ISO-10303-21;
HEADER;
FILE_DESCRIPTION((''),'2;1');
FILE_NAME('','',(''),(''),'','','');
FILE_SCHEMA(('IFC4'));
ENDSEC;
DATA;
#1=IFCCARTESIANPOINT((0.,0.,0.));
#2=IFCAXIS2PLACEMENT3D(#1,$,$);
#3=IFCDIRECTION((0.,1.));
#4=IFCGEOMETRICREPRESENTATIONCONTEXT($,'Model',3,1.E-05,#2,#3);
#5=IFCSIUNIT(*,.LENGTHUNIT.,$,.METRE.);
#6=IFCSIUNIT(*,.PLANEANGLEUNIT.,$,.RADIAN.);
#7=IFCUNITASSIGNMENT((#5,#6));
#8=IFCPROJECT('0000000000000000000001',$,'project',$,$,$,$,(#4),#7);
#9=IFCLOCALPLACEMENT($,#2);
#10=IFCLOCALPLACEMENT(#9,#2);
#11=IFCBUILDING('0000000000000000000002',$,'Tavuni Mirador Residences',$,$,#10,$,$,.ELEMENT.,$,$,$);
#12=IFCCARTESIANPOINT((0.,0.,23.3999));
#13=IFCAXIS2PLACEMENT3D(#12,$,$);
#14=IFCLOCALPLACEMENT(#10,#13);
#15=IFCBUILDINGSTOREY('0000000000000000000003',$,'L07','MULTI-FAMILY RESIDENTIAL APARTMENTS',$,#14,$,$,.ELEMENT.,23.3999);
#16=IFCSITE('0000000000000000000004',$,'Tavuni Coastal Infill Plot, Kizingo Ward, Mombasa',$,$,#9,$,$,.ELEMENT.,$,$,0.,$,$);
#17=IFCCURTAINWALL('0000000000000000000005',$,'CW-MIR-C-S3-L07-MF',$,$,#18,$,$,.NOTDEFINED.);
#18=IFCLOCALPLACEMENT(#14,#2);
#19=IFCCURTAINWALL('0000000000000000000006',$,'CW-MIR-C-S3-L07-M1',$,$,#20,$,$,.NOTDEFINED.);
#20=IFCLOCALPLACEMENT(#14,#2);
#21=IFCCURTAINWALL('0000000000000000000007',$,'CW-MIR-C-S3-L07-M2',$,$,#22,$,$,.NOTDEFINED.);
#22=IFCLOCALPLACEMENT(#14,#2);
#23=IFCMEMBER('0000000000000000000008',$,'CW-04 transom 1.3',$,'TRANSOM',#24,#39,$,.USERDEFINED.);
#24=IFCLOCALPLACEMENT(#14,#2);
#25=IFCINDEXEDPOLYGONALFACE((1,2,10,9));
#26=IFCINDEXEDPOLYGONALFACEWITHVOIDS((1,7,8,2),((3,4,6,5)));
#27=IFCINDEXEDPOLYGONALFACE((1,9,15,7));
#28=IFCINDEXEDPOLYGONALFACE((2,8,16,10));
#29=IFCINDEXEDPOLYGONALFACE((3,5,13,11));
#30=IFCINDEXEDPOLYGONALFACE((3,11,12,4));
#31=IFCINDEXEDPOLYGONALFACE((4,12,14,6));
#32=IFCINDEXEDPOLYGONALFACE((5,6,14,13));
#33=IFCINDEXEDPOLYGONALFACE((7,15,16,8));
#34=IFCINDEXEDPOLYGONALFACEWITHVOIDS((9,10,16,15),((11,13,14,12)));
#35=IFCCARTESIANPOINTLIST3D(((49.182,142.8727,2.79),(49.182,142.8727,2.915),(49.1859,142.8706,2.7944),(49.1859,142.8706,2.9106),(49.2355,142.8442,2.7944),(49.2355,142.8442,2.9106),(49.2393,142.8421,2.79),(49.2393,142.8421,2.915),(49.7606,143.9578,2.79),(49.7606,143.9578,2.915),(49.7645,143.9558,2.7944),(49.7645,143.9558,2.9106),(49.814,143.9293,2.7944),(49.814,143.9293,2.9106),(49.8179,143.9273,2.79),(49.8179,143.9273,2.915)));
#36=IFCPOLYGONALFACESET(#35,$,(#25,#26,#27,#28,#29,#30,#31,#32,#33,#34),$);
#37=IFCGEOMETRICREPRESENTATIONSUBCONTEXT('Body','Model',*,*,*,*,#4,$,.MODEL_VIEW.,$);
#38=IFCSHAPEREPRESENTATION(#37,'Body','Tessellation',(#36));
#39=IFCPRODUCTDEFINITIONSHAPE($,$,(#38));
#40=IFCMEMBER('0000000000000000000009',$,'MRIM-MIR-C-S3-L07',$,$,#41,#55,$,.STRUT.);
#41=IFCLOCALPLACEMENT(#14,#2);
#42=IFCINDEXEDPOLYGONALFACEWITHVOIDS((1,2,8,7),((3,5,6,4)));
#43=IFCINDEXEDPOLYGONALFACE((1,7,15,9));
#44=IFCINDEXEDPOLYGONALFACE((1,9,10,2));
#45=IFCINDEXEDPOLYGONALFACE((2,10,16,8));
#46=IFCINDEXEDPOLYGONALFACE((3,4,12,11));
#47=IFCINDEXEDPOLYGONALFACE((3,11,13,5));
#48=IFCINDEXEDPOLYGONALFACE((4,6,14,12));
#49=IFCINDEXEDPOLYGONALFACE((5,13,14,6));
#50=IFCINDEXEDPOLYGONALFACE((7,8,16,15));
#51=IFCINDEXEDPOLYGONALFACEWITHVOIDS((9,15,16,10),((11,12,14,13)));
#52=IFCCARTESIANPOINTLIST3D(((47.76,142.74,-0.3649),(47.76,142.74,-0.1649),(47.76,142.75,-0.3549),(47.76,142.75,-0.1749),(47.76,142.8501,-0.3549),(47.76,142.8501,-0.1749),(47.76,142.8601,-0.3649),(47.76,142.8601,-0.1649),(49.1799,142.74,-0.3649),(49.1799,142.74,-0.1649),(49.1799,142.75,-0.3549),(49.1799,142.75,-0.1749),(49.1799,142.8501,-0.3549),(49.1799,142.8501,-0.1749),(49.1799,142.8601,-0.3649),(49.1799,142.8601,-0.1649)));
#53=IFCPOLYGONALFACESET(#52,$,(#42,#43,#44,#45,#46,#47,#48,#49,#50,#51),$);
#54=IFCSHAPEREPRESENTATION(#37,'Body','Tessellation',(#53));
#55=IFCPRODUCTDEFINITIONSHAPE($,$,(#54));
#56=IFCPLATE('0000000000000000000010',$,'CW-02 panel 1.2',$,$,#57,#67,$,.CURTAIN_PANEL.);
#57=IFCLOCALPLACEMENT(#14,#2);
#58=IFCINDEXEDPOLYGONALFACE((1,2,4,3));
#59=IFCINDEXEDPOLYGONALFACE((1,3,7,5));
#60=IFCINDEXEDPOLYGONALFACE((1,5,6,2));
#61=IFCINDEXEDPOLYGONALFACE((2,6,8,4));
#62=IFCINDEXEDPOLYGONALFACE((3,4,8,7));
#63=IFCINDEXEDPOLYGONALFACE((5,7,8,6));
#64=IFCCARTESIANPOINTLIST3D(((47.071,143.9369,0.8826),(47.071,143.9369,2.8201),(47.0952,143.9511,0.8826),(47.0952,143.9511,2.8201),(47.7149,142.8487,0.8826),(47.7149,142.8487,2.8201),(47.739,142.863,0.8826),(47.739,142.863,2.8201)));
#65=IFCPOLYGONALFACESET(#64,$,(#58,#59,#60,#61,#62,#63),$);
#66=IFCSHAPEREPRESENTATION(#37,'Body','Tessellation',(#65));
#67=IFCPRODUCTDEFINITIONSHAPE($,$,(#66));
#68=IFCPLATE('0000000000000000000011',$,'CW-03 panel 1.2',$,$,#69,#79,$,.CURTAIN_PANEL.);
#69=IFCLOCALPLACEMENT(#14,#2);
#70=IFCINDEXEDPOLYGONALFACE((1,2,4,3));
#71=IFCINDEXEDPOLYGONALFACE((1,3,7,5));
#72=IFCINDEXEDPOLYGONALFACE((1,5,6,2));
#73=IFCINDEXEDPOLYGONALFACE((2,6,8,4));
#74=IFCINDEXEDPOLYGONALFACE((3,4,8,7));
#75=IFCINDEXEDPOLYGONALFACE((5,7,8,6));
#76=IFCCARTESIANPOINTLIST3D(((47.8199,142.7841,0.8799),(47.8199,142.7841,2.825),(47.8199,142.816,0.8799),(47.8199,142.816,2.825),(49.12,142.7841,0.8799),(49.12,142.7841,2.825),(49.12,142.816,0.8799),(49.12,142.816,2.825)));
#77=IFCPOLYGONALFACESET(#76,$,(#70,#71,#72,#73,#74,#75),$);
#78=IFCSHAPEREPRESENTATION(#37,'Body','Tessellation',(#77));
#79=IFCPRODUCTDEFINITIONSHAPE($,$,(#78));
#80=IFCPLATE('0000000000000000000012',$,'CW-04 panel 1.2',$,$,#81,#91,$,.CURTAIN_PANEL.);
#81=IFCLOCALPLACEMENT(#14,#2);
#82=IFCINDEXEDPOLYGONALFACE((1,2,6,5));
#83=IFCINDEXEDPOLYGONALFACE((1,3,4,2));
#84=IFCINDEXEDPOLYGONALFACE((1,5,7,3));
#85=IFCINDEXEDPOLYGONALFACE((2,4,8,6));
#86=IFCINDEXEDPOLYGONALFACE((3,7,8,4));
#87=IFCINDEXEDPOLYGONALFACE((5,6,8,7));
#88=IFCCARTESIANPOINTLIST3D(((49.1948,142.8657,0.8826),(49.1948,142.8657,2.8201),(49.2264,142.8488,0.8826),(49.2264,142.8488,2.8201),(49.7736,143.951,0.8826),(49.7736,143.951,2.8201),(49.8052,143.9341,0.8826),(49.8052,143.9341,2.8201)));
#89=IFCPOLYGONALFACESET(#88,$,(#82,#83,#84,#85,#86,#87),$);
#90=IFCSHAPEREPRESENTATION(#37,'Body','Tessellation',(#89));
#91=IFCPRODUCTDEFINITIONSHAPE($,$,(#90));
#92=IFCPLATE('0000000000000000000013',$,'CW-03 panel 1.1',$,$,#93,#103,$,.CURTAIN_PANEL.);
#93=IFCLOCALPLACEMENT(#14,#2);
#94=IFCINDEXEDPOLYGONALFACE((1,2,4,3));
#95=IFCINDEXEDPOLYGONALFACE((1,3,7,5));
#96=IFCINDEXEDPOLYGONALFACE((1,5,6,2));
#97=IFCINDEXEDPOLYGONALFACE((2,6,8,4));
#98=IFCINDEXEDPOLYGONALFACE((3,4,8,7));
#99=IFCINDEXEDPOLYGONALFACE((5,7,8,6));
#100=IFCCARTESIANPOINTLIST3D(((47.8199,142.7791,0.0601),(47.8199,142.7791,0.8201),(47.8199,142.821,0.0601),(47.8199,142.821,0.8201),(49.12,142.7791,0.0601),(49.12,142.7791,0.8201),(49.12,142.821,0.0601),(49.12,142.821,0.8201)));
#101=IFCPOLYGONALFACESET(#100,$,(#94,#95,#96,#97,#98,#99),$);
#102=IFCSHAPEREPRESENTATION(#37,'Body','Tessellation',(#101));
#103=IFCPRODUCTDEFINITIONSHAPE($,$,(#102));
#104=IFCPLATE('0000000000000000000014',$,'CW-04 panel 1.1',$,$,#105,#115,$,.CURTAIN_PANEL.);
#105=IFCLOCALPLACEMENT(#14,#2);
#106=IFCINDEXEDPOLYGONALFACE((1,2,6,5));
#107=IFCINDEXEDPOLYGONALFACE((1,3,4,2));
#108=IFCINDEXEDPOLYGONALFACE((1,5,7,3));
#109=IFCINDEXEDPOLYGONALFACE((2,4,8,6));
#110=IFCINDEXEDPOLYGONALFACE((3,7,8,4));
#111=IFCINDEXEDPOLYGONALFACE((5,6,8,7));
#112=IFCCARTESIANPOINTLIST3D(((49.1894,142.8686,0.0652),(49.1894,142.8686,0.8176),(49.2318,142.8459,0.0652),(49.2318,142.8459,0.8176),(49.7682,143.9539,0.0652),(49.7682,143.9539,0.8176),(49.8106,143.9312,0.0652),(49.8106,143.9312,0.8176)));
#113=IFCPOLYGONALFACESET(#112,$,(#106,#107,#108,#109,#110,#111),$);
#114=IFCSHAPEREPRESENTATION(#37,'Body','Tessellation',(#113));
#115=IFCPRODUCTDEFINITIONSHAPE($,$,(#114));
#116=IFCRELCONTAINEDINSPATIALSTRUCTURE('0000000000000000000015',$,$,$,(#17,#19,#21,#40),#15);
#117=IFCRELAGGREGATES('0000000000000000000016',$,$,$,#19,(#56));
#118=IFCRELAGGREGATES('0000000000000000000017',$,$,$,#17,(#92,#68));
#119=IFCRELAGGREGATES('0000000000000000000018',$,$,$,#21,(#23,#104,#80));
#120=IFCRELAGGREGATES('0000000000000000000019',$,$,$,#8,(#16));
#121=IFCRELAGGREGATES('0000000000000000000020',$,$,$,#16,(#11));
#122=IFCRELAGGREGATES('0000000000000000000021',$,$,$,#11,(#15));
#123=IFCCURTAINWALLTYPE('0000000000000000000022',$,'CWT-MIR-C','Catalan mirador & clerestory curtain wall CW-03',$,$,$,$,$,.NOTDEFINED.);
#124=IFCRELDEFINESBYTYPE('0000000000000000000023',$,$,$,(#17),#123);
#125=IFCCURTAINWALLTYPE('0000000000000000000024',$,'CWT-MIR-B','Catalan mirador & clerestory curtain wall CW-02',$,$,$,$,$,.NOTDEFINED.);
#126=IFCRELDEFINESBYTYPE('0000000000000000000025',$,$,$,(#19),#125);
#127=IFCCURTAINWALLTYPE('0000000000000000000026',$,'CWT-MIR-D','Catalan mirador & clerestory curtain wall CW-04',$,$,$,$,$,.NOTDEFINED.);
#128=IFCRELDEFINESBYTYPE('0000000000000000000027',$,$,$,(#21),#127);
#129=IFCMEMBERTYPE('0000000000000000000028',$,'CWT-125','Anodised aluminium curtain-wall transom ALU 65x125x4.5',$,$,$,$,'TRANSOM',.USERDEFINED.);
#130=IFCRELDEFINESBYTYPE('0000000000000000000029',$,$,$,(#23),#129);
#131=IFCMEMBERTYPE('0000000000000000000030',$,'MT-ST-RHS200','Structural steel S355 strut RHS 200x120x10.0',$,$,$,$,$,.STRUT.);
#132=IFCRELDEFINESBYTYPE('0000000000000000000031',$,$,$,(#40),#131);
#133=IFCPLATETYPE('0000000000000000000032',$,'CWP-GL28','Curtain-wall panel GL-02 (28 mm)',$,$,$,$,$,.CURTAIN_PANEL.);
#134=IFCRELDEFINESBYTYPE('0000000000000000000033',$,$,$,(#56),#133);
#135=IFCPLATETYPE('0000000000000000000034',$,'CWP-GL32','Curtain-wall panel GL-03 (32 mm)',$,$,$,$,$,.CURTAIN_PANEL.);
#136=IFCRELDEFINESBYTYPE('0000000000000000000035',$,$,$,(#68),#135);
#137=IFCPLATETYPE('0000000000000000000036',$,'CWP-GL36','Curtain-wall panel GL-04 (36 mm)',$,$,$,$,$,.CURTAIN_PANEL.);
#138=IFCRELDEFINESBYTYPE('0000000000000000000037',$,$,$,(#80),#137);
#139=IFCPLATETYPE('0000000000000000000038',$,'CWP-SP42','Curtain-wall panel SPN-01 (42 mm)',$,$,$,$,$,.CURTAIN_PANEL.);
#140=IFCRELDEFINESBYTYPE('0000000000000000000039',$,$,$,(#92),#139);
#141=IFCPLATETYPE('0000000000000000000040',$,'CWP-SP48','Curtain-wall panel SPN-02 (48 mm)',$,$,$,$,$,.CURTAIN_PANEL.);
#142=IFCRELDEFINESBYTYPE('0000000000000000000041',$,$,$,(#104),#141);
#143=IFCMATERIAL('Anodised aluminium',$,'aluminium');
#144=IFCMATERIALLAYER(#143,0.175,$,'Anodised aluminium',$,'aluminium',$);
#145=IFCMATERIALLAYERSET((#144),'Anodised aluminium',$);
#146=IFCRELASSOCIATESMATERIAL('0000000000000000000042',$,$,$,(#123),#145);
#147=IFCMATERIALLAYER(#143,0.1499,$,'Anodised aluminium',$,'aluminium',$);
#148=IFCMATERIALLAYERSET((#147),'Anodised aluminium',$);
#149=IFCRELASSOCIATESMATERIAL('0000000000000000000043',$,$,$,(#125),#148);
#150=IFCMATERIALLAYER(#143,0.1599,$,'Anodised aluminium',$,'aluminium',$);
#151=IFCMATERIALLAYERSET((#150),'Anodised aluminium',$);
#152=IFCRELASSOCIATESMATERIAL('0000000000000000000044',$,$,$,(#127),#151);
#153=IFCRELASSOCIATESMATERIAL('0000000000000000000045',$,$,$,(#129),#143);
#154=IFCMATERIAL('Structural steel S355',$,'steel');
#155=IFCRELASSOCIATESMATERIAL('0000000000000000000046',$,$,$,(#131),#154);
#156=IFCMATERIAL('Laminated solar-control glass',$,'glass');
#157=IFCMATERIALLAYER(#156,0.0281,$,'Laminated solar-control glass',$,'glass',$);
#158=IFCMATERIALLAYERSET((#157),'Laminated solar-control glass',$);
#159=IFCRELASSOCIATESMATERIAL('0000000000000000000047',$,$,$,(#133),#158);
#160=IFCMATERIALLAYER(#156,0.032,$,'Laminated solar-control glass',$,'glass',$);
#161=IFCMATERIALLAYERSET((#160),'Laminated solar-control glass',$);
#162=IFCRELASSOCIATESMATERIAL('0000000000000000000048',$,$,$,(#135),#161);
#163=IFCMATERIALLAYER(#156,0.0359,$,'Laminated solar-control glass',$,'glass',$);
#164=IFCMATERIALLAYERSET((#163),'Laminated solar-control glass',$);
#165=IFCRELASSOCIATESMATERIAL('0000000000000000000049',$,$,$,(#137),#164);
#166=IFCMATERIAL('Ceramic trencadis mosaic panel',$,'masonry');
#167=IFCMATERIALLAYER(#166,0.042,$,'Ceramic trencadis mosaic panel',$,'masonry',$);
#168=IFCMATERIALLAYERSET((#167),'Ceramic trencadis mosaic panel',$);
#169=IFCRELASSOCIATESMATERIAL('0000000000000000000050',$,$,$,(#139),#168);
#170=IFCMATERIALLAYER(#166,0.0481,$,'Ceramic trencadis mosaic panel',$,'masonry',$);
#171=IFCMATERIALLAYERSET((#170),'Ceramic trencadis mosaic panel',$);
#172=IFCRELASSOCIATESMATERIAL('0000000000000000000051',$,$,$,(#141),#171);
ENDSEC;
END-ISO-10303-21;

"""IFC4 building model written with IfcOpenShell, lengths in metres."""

from ifc_helpers import new_model, si_unit, direction, frame, origin, origin_2d, place, context, subcontext, project, spatial, rectangle, hollow_rectangle, extrude, material, layer, layer_set, material_profile, profile_set, type_object, element, aggregate, save


model = new_model("IFC4")

# Units and contexts
model_context = context("Model", 3, precision=1e-05, world=origin(), true_north=direction((0.0, 1.0)))
body_context = subcontext(model_context, "Body", "Model", "MODEL_VIEW")
ifc_project = project(units=[si_unit("LENGTHUNIT", "METRE"), si_unit("PLANEANGLEUNIT", "RADIAN")], contexts=[model_context])

# Site, building, storey
site_placement = place(None, origin())
site = spatial("IfcSite", under=ifc_project, at=site_placement, Name="Tavuni Coastal Infill Plot, Kizingo Ward, Mombasa", CompositionType="ELEMENT", RefElevation=0.0)
building_placement = place(site_placement, origin())
building = spatial("IfcBuilding", under=site, at=building_placement, Name="Tavuni Mirador Residences", CompositionType="ELEMENT")
storey_placement = place(building_placement, frame((0.0, 0.0, 23.3999)))
storey = spatial("IfcBuildingStorey", under=building, at=storey_placement, Name="L07", Description="MULTI-FAMILY RESIDENTIAL APARTMENTS", CompositionType="ELEMENT", Elevation=23.3999)

# Curtain wall
ifc_material_1 = material(Name="Anodised aluminium", Category="aluminium")
ifc_layer_1 = layer(ifc_material_1, 0.175, Name="Anodised aluminium", Category="aluminium")
ifc_layer_set_1 = layer_set([ifc_layer_1], Name="Anodised aluminium")
curtain_wall_type_1 = type_object("IfcCurtainWallType", Name="CWT-MIR-C", Description="Catalan mirador & clerestory curtain wall CW-03", PredefinedType="NOTDEFINED", material=ifc_layer_set_1)
curtain_wall_1_placement = place(storey_placement, origin())
curtain_wall_1 = element("IfcCurtainWall", 1, at=curtain_wall_1_placement, inside=storey, type_object=curtain_wall_type_1, Name="CW-MIR-C-S3-L07-MF", PredefinedType="NOTDEFINED")

# Curtain wall
ifc_layer_2 = layer(ifc_material_1, 0.1499, Name="Anodised aluminium", Category="aluminium")
ifc_layer_set_2 = layer_set([ifc_layer_2], Name="Anodised aluminium")
curtain_wall_type_2 = type_object("IfcCurtainWallType", Name="CWT-MIR-B", Description="Catalan mirador & clerestory curtain wall CW-02", PredefinedType="NOTDEFINED", material=ifc_layer_set_2)
curtain_wall_2_placement = place(storey_placement, origin())
curtain_wall_2 = element("IfcCurtainWall", 2, at=curtain_wall_2_placement, inside=storey, type_object=curtain_wall_type_2, Name="CW-MIR-C-S3-L07-M1", PredefinedType="NOTDEFINED")

# Curtain wall
ifc_layer_3 = layer(ifc_material_1, 0.1599, Name="Anodised aluminium", Category="aluminium")
ifc_layer_set_3 = layer_set([ifc_layer_3], Name="Anodised aluminium")
curtain_wall_type_3 = type_object("IfcCurtainWallType", Name="CWT-MIR-D", Description="Catalan mirador & clerestory curtain wall CW-04", PredefinedType="NOTDEFINED", material=ifc_layer_set_3)
curtain_wall_3_placement = place(storey_placement, origin())
curtain_wall_3 = element("IfcCurtainWall", 3, at=curtain_wall_3_placement, inside=storey, type_object=curtain_wall_type_3, Name="CW-MIR-C-S3-L07-M2", PredefinedType="NOTDEFINED")

# Members
ifc_material_profile_1 = material_profile(ifc_material_1, hollow_rectangle(XDim=0.0649, YDim=0.125, WallThickness=0.0044, at=origin_2d()), Name="ALU 65x125x4.5", Category="aluminium")
ifc_profile_set_1 = profile_set([ifc_material_profile_1], Name="Anodised aluminium")
member_type_1 = type_object("IfcMemberType", Name="CWT-125", Description="Anodised aluminium curtain-wall transom ALU 65x125x4.5", ElementType="TRANSOM", PredefinedType="USERDEFINED", material=ifc_profile_set_1)
member_1_placement = place(storey_placement, frame((49.2107, 142.8574, 2.8525), z_axis=(0.470485, 0.882408, 0.0), x_axis=(-0.882408, 0.470485, 0.0)))
member_1 = element("IfcMember", 4, at=member_1_placement, type_object=member_type_1, Name="CW-04 transom 1.3", ObjectType="TRANSOM", PredefinedType="USERDEFINED", context=body_context, shape_type="SweptSolid", body=[
    extrude(hollow_rectangle(XDim=0.0649, YDim=0.125, WallThickness=0.0044, at=origin_2d()), origin(), (0.0, 0.0, 1.0), 1.2297),
])
ifc_material_2 = material(Name="Structural steel S355", Category="steel")
ifc_material_profile_2 = material_profile(ifc_material_2, hollow_rectangle(XDim=0.1201, YDim=0.2, WallThickness=0.01, at=origin_2d()), Name="RHS 200x120x10.0", Category="steel")
ifc_profile_set_2 = profile_set([ifc_material_profile_2], Name="Structural steel S355")
member_type_2 = type_object("IfcMemberType", Name="MT-ST-RHS200", Description="Structural steel S355 strut RHS 200x120x10.0", PredefinedType="STRUT", material=ifc_profile_set_2)
member_2_placement = place(storey_placement, frame((47.76, 142.8, -0.2649), z_axis=(1.0, 0.0, 0.0), x_axis=(0.0, 1.0, 0.0)))
element("IfcMember", 5, at=member_2_placement, inside=storey, type_object=member_type_2, Name="MRIM-MIR-C-S3-L07", PredefinedType="STRUT", context=body_context, shape_type="SweptSolid", body=[
    extrude(hollow_rectangle(XDim=0.1201, YDim=0.2, WallThickness=0.01, at=origin_2d()), origin(), (0.0, 0.0, 1.0), 1.4199),
])

# Plates
ifc_material_3 = material(Name="Laminated solar-control glass", Category="glass")
ifc_layer_4 = layer(ifc_material_3, 0.0281, Name="Laminated solar-control glass", Category="glass")
ifc_layer_set_4 = layer_set([ifc_layer_4], Name="Laminated solar-control glass")
plate_type_1 = type_object("IfcPlateType", Name="CWP-GL28", Description="Curtain-wall panel GL-02 (28 mm)", PredefinedType="CURTAIN_PANEL", material=ifc_layer_set_4)
plate_1_placement = place(storey_placement, frame((47.405, 143.3999, 0.8826), z_axis=(0.0, 0.0, 1.0), x_axis=(0.509212, -0.860641, 0.0)))
plate_1 = element("IfcPlate", 6, at=plate_1_placement, type_object=plate_type_1, Name="CW-02 panel 1.2", PredefinedType="CURTAIN_PANEL", context=body_context, shape_type="SweptSolid", body=[
    extrude(rectangle(XDim=1.2644, YDim=0.0281, at=origin_2d()), origin(), (0.0, 0.0, 1.0), 1.9375),
])
aggregate(curtain_wall_2, [plate_1])
ifc_layer_5 = layer(ifc_material_3, 0.032, Name="Laminated solar-control glass", Category="glass")
ifc_layer_set_5 = layer_set([ifc_layer_5], Name="Laminated solar-control glass")
plate_type_2 = type_object("IfcPlateType", Name="CWP-GL32", Description="Curtain-wall panel GL-03 (32 mm)", PredefinedType="CURTAIN_PANEL", material=ifc_layer_set_5)
plate_2_placement = place(storey_placement, frame((48.47, 142.8, 0.8799), z_axis=(0.0, 0.0, 1.0), x_axis=(1.0, 0.0, 0.0)))
plate_2 = element("IfcPlate", 7, at=plate_2_placement, type_object=plate_type_2, Name="CW-03 panel 1.2", PredefinedType="CURTAIN_PANEL", context=body_context, shape_type="SweptSolid", body=[
    extrude(rectangle(XDim=1.3, YDim=0.032, at=origin_2d()), origin(), (0.0, 0.0, 1.0), 1.9451),
])
ifc_layer_6 = layer(ifc_material_3, 0.0359, Name="Laminated solar-control glass", Category="glass")
ifc_layer_set_6 = layer_set([ifc_layer_6], Name="Laminated solar-control glass")
plate_type_3 = type_object("IfcPlateType", Name="CWP-GL36", Description="Curtain-wall panel GL-04 (36 mm)", PredefinedType="CURTAIN_PANEL", material=ifc_layer_set_6)
plate_3_placement = place(storey_placement, frame((49.5, 143.3999, 0.8826), z_axis=(0.0, 0.0, 1.0), x_axis=(0.470588, 0.882353, 0.0)))
plate_3 = element("IfcPlate", 8, at=plate_3_placement, type_object=plate_type_3, Name="CW-04 panel 1.2", PredefinedType="CURTAIN_PANEL", context=body_context, shape_type="SweptSolid", body=[
    extrude(rectangle(XDim=1.23, YDim=0.0359, at=origin_2d()), origin(), (0.0, 0.0, 1.0), 1.9375),
])
ifc_material_4 = material(Name="Ceramic trencadis mosaic panel", Category="masonry")
ifc_layer_7 = layer(ifc_material_4, 0.042, Name="Ceramic trencadis mosaic panel", Category="masonry")
ifc_layer_set_7 = layer_set([ifc_layer_7], Name="Ceramic trencadis mosaic panel")
plate_type_4 = type_object("IfcPlateType", Name="CWP-SP42", Description="Curtain-wall panel SPN-01 (42 mm)", PredefinedType="CURTAIN_PANEL", material=ifc_layer_set_7)
plate_4_placement = place(storey_placement, frame((48.47, 142.8, 0.0601), z_axis=(0.0, 0.0, 1.0), x_axis=(1.0, 0.0, 0.0)))
plate_4 = element("IfcPlate", 9, at=plate_4_placement, type_object=plate_type_4, Name="CW-03 panel 1.1", PredefinedType="CURTAIN_PANEL", context=body_context, shape_type="SweptSolid", body=[
    extrude(rectangle(XDim=1.3, YDim=0.042, at=origin_2d()), origin(), (0.0, 0.0, 1.0), 0.76),
])
aggregate(curtain_wall_1, [plate_4, plate_2])
ifc_layer_8 = layer(ifc_material_4, 0.0481, Name="Ceramic trencadis mosaic panel", Category="masonry")
ifc_layer_set_8 = layer_set([ifc_layer_8], Name="Ceramic trencadis mosaic panel")
plate_type_5 = type_object("IfcPlateType", Name="CWP-SP48", Description="Curtain-wall panel SPN-02 (48 mm)", PredefinedType="CURTAIN_PANEL", material=ifc_layer_set_8)
plate_5_placement = place(storey_placement, frame((49.5, 143.3999, 0.0652), z_axis=(0.0, 0.0, 1.0), x_axis=(0.470588, 0.882353, 0.0)))
plate_5 = element("IfcPlate", 10, at=plate_5_placement, type_object=plate_type_5, Name="CW-04 panel 1.1", PredefinedType="CURTAIN_PANEL", context=body_context, shape_type="SweptSolid", body=[
    extrude(rectangle(XDim=1.23, YDim=0.0481, at=origin_2d()), origin(), (0.0, 0.0, 1.0), 0.7524),
])
aggregate(curtain_wall_3, [member_1, plate_5, plate_3])

save(model, "model.ifc")
